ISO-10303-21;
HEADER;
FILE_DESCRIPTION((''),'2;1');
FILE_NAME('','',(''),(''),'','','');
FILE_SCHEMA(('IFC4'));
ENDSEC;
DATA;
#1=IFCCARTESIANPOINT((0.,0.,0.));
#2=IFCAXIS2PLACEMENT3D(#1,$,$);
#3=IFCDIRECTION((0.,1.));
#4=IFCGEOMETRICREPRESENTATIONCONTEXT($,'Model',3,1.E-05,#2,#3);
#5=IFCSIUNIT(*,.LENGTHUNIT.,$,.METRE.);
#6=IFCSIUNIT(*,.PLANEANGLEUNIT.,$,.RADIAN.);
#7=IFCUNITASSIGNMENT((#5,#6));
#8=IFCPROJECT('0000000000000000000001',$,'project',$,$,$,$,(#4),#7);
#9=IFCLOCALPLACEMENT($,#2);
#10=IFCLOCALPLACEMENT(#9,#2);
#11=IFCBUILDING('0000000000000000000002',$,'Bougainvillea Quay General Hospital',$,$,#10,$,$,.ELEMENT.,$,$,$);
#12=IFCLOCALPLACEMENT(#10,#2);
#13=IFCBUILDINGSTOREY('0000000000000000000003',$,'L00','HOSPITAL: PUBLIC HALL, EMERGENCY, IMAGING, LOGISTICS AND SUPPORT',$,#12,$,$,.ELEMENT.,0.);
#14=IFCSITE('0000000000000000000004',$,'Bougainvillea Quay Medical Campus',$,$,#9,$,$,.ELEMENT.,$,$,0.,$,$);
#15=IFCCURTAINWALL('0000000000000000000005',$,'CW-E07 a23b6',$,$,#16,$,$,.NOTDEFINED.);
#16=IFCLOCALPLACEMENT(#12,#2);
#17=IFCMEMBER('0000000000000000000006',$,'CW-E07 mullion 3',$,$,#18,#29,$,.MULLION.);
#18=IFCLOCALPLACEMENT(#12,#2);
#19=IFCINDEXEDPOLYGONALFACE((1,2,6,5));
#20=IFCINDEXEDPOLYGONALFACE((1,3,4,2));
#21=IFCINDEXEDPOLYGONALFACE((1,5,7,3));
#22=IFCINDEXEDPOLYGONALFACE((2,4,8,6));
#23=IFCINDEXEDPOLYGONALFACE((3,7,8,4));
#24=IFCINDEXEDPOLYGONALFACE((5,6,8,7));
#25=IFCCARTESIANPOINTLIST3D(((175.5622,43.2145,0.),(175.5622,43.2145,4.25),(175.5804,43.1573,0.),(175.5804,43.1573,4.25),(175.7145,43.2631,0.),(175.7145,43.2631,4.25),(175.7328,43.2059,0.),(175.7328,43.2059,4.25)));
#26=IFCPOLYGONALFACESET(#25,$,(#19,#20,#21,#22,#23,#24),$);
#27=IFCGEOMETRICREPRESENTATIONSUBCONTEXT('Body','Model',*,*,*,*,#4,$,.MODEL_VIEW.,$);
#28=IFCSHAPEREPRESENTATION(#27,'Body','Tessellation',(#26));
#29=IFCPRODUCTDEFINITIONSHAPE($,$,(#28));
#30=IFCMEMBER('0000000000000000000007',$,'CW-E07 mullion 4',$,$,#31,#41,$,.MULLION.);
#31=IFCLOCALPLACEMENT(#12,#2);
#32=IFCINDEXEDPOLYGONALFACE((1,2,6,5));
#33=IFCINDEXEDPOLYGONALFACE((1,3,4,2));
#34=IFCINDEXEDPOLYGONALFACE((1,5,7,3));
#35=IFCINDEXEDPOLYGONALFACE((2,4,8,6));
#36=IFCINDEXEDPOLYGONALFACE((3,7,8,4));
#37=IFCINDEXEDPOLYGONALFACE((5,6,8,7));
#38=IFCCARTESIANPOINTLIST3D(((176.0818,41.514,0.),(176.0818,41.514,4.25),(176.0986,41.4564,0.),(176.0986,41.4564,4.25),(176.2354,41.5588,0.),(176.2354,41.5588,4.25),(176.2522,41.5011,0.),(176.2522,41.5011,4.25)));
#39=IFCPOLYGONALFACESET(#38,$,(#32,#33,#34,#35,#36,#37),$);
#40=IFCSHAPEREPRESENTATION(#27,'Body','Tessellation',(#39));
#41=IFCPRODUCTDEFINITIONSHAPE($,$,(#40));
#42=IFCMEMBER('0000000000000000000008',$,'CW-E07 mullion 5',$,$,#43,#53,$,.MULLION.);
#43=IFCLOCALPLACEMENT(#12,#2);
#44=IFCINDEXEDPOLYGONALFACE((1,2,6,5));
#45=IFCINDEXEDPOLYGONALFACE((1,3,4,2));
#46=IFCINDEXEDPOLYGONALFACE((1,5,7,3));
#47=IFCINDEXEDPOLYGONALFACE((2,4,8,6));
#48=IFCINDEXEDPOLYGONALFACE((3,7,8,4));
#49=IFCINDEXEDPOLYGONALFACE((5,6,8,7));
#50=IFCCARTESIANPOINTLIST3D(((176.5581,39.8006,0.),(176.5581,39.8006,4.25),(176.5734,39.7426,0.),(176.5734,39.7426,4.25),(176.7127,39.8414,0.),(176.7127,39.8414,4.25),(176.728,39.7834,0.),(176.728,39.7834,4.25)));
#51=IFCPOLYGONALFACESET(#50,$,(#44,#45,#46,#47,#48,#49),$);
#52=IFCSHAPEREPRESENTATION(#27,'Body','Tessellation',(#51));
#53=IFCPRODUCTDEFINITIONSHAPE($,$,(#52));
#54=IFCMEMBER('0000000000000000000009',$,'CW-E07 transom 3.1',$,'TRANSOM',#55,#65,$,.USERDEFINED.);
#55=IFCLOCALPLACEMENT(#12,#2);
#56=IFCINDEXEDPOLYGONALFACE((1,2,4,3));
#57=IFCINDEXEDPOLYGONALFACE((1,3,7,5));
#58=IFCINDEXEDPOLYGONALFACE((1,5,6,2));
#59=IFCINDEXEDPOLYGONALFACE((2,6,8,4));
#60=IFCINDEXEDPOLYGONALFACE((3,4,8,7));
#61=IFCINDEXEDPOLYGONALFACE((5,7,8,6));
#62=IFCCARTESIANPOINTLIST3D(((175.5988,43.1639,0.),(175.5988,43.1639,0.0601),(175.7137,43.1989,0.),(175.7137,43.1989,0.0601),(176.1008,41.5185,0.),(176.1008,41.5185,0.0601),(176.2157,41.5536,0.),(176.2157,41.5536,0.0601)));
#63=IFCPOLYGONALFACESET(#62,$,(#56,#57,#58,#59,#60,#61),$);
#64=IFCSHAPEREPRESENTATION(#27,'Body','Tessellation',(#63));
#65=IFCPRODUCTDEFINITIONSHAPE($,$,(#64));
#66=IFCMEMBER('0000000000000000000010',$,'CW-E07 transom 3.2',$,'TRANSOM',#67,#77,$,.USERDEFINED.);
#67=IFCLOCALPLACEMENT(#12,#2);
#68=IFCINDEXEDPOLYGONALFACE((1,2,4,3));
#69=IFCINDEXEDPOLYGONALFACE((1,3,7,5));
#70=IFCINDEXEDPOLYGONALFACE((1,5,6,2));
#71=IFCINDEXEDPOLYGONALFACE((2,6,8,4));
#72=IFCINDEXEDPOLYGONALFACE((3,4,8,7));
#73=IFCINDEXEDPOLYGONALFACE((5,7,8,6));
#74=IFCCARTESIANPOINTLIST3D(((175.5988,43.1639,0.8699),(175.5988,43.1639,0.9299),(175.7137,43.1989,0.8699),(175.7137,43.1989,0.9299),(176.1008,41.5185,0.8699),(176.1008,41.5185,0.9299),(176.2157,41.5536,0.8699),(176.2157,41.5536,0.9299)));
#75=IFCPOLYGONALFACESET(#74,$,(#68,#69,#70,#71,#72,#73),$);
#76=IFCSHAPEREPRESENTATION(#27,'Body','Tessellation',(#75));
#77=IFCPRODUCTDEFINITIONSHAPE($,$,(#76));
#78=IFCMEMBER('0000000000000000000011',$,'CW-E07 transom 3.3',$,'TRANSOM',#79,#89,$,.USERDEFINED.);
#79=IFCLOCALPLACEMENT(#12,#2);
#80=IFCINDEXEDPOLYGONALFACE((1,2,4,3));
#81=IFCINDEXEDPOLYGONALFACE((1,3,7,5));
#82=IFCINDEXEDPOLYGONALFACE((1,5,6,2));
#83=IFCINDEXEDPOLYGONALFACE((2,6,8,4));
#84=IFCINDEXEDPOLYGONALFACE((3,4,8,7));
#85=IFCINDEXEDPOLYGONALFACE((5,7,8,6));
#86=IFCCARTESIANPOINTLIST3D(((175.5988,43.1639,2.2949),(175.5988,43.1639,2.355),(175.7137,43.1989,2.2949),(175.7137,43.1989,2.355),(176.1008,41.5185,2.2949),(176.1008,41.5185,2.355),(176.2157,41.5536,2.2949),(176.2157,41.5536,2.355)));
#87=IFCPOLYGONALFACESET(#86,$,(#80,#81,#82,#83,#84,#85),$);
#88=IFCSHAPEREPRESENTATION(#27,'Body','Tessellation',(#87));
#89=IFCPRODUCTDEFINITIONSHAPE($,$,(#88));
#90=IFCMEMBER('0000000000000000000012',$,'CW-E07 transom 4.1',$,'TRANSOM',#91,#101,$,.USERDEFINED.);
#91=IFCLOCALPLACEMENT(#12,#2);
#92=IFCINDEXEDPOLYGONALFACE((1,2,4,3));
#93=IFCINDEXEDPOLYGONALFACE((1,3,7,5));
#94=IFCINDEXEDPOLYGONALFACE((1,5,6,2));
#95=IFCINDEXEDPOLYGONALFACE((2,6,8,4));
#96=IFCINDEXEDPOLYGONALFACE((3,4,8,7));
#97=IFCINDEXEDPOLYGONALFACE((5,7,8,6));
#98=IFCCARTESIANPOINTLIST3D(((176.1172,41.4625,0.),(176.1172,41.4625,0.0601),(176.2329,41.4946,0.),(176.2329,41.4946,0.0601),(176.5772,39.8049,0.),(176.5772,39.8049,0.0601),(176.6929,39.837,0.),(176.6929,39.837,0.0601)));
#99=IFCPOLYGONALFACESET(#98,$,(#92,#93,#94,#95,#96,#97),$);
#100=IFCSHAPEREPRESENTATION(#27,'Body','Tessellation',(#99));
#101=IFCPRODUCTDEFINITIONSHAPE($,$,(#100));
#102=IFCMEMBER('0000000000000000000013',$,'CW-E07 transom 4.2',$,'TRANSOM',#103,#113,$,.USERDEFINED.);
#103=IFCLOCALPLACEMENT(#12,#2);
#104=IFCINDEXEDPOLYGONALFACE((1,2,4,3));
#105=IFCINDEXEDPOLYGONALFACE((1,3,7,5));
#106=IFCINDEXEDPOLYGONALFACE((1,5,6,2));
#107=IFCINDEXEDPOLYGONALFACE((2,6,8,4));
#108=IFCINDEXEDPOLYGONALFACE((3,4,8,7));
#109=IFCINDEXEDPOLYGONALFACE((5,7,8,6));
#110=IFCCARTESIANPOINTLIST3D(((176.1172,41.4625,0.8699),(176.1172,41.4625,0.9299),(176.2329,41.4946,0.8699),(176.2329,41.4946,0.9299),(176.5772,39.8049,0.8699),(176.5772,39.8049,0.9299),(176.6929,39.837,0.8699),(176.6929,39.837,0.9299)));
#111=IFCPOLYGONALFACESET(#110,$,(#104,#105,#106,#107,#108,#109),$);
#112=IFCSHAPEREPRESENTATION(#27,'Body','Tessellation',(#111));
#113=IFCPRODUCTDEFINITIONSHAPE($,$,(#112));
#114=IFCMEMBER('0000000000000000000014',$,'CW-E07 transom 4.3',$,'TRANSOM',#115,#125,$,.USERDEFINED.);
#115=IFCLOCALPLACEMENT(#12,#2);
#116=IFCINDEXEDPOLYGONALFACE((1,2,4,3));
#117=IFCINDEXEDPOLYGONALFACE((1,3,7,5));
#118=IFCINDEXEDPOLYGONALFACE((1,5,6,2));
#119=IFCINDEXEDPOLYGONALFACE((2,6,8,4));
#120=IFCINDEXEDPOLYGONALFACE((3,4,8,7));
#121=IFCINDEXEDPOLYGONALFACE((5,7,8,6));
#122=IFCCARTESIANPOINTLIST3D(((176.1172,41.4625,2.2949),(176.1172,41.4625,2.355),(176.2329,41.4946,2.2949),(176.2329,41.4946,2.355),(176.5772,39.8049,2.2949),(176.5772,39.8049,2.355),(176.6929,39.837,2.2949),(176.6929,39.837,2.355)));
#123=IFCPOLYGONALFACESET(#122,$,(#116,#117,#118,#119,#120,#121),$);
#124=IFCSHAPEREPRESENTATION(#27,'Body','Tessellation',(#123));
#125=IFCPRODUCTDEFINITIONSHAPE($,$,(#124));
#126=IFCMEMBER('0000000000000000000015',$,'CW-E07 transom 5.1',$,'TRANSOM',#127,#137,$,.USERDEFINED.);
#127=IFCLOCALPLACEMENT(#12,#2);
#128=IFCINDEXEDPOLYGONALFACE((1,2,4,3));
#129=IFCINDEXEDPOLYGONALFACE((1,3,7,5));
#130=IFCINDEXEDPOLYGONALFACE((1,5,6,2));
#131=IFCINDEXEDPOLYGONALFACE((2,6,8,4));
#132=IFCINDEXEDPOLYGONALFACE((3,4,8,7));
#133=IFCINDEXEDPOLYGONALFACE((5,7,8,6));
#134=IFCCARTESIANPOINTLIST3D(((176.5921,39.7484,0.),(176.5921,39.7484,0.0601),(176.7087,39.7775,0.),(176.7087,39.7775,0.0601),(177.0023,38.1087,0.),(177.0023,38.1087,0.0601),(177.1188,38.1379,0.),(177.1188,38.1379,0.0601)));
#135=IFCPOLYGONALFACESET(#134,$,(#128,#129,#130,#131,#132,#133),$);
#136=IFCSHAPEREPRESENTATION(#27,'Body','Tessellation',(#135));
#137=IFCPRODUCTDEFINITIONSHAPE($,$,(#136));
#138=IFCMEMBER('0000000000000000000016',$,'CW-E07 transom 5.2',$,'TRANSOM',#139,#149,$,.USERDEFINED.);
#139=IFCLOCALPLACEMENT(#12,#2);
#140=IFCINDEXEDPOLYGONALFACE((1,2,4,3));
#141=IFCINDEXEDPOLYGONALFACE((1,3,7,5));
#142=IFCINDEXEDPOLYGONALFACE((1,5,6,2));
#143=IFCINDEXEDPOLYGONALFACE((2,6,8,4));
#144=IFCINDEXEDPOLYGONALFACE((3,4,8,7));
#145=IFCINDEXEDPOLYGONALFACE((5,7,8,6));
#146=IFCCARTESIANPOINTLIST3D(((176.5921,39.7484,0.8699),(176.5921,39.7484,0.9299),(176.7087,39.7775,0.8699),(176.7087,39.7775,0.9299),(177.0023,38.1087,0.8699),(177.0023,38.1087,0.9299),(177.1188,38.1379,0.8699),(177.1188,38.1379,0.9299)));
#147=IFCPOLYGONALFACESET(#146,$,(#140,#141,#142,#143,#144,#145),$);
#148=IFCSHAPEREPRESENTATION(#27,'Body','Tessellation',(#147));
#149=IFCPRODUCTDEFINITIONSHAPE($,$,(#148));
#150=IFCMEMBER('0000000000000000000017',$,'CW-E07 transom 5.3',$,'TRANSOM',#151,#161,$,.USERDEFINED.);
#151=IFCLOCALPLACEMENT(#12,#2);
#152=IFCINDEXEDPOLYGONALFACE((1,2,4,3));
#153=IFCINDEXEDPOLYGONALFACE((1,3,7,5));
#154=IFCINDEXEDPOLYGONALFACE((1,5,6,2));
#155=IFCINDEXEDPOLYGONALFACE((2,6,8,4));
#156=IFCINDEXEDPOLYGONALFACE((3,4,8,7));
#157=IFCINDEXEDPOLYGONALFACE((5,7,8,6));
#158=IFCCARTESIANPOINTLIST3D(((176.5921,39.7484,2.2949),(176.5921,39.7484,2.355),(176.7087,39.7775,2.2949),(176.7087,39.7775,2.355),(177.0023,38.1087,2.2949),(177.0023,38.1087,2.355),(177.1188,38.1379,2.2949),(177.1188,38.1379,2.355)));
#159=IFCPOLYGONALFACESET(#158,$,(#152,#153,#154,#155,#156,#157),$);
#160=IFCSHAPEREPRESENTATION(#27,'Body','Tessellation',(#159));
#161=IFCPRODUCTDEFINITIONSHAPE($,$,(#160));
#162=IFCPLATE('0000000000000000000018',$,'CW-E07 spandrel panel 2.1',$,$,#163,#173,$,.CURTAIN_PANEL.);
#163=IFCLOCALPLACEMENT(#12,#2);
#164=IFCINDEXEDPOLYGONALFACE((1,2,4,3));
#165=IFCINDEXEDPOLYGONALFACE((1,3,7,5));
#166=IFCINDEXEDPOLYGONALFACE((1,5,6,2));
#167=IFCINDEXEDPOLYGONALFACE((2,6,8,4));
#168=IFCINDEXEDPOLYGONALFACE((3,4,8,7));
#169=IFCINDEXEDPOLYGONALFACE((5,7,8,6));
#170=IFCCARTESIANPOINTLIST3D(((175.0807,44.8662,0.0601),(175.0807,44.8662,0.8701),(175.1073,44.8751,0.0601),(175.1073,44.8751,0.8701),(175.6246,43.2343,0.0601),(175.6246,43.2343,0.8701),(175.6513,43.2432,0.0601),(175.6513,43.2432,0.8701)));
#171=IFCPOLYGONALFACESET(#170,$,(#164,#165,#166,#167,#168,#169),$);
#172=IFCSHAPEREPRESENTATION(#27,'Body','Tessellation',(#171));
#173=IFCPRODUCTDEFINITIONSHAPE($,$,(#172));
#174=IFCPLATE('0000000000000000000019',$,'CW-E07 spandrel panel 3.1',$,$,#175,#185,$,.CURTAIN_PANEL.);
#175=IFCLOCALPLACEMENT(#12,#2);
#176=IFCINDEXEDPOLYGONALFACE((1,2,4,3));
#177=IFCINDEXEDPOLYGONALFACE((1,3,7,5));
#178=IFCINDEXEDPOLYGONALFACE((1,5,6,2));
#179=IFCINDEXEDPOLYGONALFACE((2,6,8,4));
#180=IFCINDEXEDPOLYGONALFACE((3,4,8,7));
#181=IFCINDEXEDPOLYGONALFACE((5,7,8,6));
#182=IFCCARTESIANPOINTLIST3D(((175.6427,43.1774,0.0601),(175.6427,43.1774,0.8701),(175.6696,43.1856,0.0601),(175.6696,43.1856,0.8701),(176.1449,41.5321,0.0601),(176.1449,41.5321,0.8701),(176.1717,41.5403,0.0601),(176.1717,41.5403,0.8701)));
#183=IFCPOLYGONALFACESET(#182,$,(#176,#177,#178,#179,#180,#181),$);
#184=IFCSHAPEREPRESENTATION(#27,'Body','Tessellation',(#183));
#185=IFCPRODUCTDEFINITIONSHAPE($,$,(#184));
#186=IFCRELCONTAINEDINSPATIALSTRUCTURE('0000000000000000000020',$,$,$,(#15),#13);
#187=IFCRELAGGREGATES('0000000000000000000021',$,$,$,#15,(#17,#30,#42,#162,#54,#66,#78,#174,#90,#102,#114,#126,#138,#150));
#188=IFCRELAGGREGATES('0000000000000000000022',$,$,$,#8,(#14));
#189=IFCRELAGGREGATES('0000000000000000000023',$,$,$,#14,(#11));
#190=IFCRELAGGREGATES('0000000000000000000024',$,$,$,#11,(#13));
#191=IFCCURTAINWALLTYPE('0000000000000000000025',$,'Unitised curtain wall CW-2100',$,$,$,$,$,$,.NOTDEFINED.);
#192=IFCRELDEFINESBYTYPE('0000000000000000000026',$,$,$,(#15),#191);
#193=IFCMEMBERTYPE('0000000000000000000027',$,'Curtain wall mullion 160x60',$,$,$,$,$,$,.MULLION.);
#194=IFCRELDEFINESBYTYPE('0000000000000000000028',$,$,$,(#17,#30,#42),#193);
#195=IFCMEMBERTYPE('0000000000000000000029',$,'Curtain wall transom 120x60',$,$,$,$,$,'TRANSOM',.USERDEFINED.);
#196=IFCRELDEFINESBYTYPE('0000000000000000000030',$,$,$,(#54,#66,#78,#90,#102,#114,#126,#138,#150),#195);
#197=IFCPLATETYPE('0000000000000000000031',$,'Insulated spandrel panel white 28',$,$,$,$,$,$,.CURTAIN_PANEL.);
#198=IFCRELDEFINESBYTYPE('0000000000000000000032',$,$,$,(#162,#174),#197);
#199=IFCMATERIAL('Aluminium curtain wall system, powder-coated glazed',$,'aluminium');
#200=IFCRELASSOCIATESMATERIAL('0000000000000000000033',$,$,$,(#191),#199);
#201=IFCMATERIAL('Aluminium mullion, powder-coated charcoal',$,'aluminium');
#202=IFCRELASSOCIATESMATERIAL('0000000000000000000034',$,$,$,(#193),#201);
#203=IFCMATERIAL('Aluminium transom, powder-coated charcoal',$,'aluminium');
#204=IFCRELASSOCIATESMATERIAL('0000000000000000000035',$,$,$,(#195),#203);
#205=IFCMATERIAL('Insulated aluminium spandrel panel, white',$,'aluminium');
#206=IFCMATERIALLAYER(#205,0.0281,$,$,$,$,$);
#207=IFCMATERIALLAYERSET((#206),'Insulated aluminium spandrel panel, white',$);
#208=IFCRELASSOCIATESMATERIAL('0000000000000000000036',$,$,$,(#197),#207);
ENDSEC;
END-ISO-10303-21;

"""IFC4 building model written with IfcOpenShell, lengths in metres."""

from ifc_helpers import new_model, si_unit, direction, frame, origin, origin_2d, place, context, subcontext, project, spatial, rectangle, extrude, material, layer, layer_set, material_profile, profile_set, type_object, element, aggregate, save


model = new_model("IFC4")

# Units and contexts
model_context = context("Model", 3, precision=1e-05, world=origin(), true_north=direction((0.0, 1.0)))
body_context = subcontext(model_context, "Body", "Model", "MODEL_VIEW")
ifc_project = project(units=[si_unit("LENGTHUNIT", "METRE"), si_unit("PLANEANGLEUNIT", "RADIAN")], contexts=[model_context])

# Site, building, storey
site_placement = place(None, origin())
site = spatial("IfcSite", under=ifc_project, at=site_placement, Name="Bougainvillea Quay Medical Campus", CompositionType="ELEMENT", RefElevation=0.0)
building_placement = place(site_placement, origin())
building = spatial("IfcBuilding", under=site, at=building_placement, Name="Bougainvillea Quay General Hospital", CompositionType="ELEMENT")
storey_placement = place(building_placement, origin())
storey = spatial("IfcBuildingStorey", under=building, at=storey_placement, Name="L00", Description="HOSPITAL: PUBLIC HALL, EMERGENCY, IMAGING, LOGISTICS AND SUPPORT", CompositionType="ELEMENT", Elevation=0.0)

# Curtain wall, members, plates
ifc_material_1 = material(Name="Aluminium curtain wall system, powder-coated glazed", Category="aluminium")
curtain_wall_type = type_object("IfcCurtainWallType", Name="Unitised curtain wall CW-2100", PredefinedType="NOTDEFINED", material=ifc_material_1)
curtain_wall_placement = place(storey_placement, origin())
curtain_wall = element("IfcCurtainWall", 1, at=curtain_wall_placement, inside=storey, type_object=curtain_wall_type, Name="CW-E07 a23b6", PredefinedType="NOTDEFINED")
ifc_material_2 = material(Name="Aluminium mullion, powder-coated charcoal", Category="aluminium")
ifc_material_profile_1 = material_profile(ifc_material_2, rectangle(XDim=0.1599, YDim=0.0601, at=origin_2d()))
ifc_profile_set_1 = profile_set([ifc_material_profile_1], Name="Aluminium mullion, powder-coated charcoal")
member_type_1 = type_object("IfcMemberType", Name="Curtain wall mullion 160x60", PredefinedType="MULLION", material=ifc_profile_set_1)
member_1_placement = place(storey_placement, frame((175.6475, 43.2102, 0.0), z_axis=(0.0, 0.0, 1.0), x_axis=(0.952644, 0.304086, 0.0)))
member_1 = element("IfcMember", 2, at=member_1_placement, type_object=member_type_1, Name="CW-E07 mullion 3", PredefinedType="MULLION", context=body_context, shape_type="SweptSolid", body=[
    extrude(rectangle(XDim=0.1599, YDim=0.0601, at=origin_2d()), origin(), (0.0, 0.0, 1.0), 4.25),
])
member_2_placement = place(storey_placement, frame((176.167, 41.5076, 0.0), z_axis=(0.0, 0.0, 1.0), x_axis=(0.960095, 0.279675, 0.0)))
member_2 = element("IfcMember", 3, at=member_2_placement, type_object=member_type_1, Name="CW-E07 mullion 4", PredefinedType="MULLION", context=body_context, shape_type="SweptSolid", body=[
    extrude(rectangle(XDim=0.1599, YDim=0.0601, at=origin_2d()), origin(), (0.0, 0.0, 1.0), 4.25),
])
member_3_placement = place(storey_placement, frame((176.6431, 39.792, 0.0), z_axis=(0.0, 0.0, 1.0), x_axis=(0.96692, 0.255081, 0.0)))
member_3 = element("IfcMember", 4, at=member_3_placement, type_object=member_type_1, Name="CW-E07 mullion 5", PredefinedType="MULLION", context=body_context, shape_type="SweptSolid", body=[
    extrude(rectangle(XDim=0.1599, YDim=0.0601, at=origin_2d()), origin(), (0.0, 0.0, 1.0), 4.25),
])
ifc_material_3 = material(Name="Aluminium transom, powder-coated charcoal", Category="aluminium")
ifc_material_profile_2 = material_profile(ifc_material_3, rectangle(XDim=0.1201, YDim=0.0601, at=origin_2d()))
ifc_profile_set_2 = profile_set([ifc_material_profile_2], Name="Aluminium transom, powder-coated charcoal")
member_type_2 = type_object("IfcMemberType", Name="Curtain wall transom 120x60", ElementType="TRANSOM", PredefinedType="USERDEFINED", material=ifc_profile_set_2)
member_4_placement = place(storey_placement, frame((175.6562, 43.1814, 0.03), z_axis=(0.291811, -0.956476, 0.0), x_axis=(0.956476, 0.291811, 0.0)))
member_4 = element("IfcMember", 5, at=member_4_placement, type_object=member_type_2, Name="CW-E07 transom 3.1", ObjectType="TRANSOM", PredefinedType="USERDEFINED", context=body_context, shape_type="SweptSolid", body=[
    extrude(rectangle(XDim=0.1201, YDim=0.0601, at=origin_2d()), origin(), (0.0, 0.0, 1.0), 1.7202),
])
member_5_placement = place(storey_placement, frame((175.6562, 43.1814, 0.8999), z_axis=(0.291811, -0.956476, 0.0), x_axis=(0.956476, 0.291811, 0.0)))
member_5 = element("IfcMember", 6, at=member_5_placement, type_object=member_type_2, Name="CW-E07 transom 3.2", ObjectType="TRANSOM", PredefinedType="USERDEFINED", context=body_context, shape_type="SweptSolid", body=[
    extrude(rectangle(XDim=0.1201, YDim=0.0601, at=origin_2d()), origin(), (0.0, 0.0, 1.0), 1.7202),
])
member_6_placement = place(storey_placement, frame((175.6562, 43.1814, 2.325), z_axis=(0.291811, -0.956476, 0.0), x_axis=(0.956476, 0.291811, 0.0)))
member_6 = element("IfcMember", 7, at=member_6_placement, type_object=member_type_2, Name="CW-E07 transom 3.3", ObjectType="TRANSOM", PredefinedType="USERDEFINED", context=body_context, shape_type="SweptSolid", body=[
    extrude(rectangle(XDim=0.1201, YDim=0.0601, at=origin_2d()), origin(), (0.0, 0.0, 1.0), 1.7202),
])
member_7_placement = place(storey_placement, frame((176.175, 41.4785, 0.03), z_axis=(0.267402, -0.963585, 0.0), x_axis=(0.963585, 0.267402, 0.0)))
member_7 = element("IfcMember", 8, at=member_7_placement, type_object=member_type_2, Name="CW-E07 transom 4.1", ObjectType="TRANSOM", PredefinedType="USERDEFINED", context=body_context, shape_type="SweptSolid", body=[
    extrude(rectangle(XDim=0.1201, YDim=0.0601, at=origin_2d()), origin(), (0.0, 0.0, 1.0), 1.7202),
])
member_8_placement = place(storey_placement, frame((176.175, 41.4785, 0.8999), z_axis=(0.267402, -0.963585, 0.0), x_axis=(0.963585, 0.267402, 0.0)))
member_8 = element("IfcMember", 9, at=member_8_placement, type_object=member_type_2, Name="CW-E07 transom 4.2", ObjectType="TRANSOM", PredefinedType="USERDEFINED", context=body_context, shape_type="SweptSolid", body=[
    extrude(rectangle(XDim=0.1201, YDim=0.0601, at=origin_2d()), origin(), (0.0, 0.0, 1.0), 1.7202),
])
member_9_placement = place(storey_placement, frame((176.175, 41.4785, 2.325), z_axis=(0.267402, -0.963585, 0.0), x_axis=(0.963585, 0.267402, 0.0)))
member_9 = element("IfcMember", 10, at=member_9_placement, type_object=member_type_2, Name="CW-E07 transom 4.3", ObjectType="TRANSOM", PredefinedType="USERDEFINED", context=body_context, shape_type="SweptSolid", body=[
    extrude(rectangle(XDim=0.1201, YDim=0.0601, at=origin_2d()), origin(), (0.0, 0.0, 1.0), 1.7202),
])
member_10_placement = place(storey_placement, frame((176.6504, 39.7629, 0.03), z_axis=(0.242672, -0.970109, 0.0), x_axis=(0.970109, 0.242672, 0.0)))
member_10 = element("IfcMember", 11, at=member_10_placement, type_object=member_type_2, Name="CW-E07 transom 5.1", ObjectType="TRANSOM", PredefinedType="USERDEFINED", context=body_context, shape_type="SweptSolid", body=[
    extrude(rectangle(XDim=0.1201, YDim=0.0601, at=origin_2d()), origin(), (0.0, 0.0, 1.0), 1.6902),
])
member_11_placement = place(storey_placement, frame((176.6504, 39.7629, 0.8999), z_axis=(0.242672, -0.970109, 0.0), x_axis=(0.970109, 0.242672, 0.0)))
member_11 = element("IfcMember", 12, at=member_11_placement, type_object=member_type_2, Name="CW-E07 transom 5.2", ObjectType="TRANSOM", PredefinedType="USERDEFINED", context=body_context, shape_type="SweptSolid", body=[
    extrude(rectangle(XDim=0.1201, YDim=0.0601, at=origin_2d()), origin(), (0.0, 0.0, 1.0), 1.6902),
])
member_12_placement = place(storey_placement, frame((176.6504, 39.7629, 2.325), z_axis=(0.242672, -0.970109, 0.0), x_axis=(0.970109, 0.242672, 0.0)))
member_12 = element("IfcMember", 13, at=member_12_placement, type_object=member_type_2, Name="CW-E07 transom 5.3", ObjectType="TRANSOM", PredefinedType="USERDEFINED", context=body_context, shape_type="SweptSolid", body=[
    extrude(rectangle(XDim=0.1201, YDim=0.0601, at=origin_2d()), origin(), (0.0, 0.0, 1.0), 1.6902),
])
ifc_material_4 = material(Name="Insulated aluminium spandrel panel, white", Category="aluminium")
ifc_layer_1 = layer(ifc_material_4, 0.0281)
ifc_layer_set_1 = layer_set([ifc_layer_1], Name="Insulated aluminium spandrel panel, white")
plate_type_1 = type_object("IfcPlateType", Name="Insulated spandrel panel white 28", PredefinedType="CURTAIN_PANEL", material=ifc_layer_set_1)
plate_1_placement = place(storey_placement, frame((175.366, 44.0547, 0.0601), z_axis=(0.0, 0.0, 1.0), x_axis=(0.316219, -0.948686, 0.0)))
plate_1 = element("IfcPlate", 14, at=plate_1_placement, type_object=plate_type_1, Name="CW-E07 spandrel panel 2.1", PredefinedType="CURTAIN_PANEL", context=body_context, shape_type="SweptSolid", body=[
    extrude(rectangle(XDim=1.7202, YDim=0.0281, at=origin_2d()), origin(), (0.0, 0.0, 1.0), 0.8101),
])
plate_2_placement = place(storey_placement, frame((175.9072, 42.3589, 0.0601), z_axis=(0.0, 0.0, 1.0), x_axis=(0.291904, -0.956448, 0.0)))
plate_2 = element("IfcPlate", 15, at=plate_2_placement, type_object=plate_type_1, Name="CW-E07 spandrel panel 3.1", PredefinedType="CURTAIN_PANEL", context=body_context, shape_type="SweptSolid", body=[
    extrude(rectangle(XDim=1.7202, YDim=0.0281, at=origin_2d()), origin(), (0.0, 0.0, 1.0), 0.8101),
])
aggregate(curtain_wall, [member_1, member_2, member_3, plate_1, member_4, member_5, member_6, plate_2, member_7, member_8, member_9, member_10, member_11, member_12])

save(model, "model.ifc")
